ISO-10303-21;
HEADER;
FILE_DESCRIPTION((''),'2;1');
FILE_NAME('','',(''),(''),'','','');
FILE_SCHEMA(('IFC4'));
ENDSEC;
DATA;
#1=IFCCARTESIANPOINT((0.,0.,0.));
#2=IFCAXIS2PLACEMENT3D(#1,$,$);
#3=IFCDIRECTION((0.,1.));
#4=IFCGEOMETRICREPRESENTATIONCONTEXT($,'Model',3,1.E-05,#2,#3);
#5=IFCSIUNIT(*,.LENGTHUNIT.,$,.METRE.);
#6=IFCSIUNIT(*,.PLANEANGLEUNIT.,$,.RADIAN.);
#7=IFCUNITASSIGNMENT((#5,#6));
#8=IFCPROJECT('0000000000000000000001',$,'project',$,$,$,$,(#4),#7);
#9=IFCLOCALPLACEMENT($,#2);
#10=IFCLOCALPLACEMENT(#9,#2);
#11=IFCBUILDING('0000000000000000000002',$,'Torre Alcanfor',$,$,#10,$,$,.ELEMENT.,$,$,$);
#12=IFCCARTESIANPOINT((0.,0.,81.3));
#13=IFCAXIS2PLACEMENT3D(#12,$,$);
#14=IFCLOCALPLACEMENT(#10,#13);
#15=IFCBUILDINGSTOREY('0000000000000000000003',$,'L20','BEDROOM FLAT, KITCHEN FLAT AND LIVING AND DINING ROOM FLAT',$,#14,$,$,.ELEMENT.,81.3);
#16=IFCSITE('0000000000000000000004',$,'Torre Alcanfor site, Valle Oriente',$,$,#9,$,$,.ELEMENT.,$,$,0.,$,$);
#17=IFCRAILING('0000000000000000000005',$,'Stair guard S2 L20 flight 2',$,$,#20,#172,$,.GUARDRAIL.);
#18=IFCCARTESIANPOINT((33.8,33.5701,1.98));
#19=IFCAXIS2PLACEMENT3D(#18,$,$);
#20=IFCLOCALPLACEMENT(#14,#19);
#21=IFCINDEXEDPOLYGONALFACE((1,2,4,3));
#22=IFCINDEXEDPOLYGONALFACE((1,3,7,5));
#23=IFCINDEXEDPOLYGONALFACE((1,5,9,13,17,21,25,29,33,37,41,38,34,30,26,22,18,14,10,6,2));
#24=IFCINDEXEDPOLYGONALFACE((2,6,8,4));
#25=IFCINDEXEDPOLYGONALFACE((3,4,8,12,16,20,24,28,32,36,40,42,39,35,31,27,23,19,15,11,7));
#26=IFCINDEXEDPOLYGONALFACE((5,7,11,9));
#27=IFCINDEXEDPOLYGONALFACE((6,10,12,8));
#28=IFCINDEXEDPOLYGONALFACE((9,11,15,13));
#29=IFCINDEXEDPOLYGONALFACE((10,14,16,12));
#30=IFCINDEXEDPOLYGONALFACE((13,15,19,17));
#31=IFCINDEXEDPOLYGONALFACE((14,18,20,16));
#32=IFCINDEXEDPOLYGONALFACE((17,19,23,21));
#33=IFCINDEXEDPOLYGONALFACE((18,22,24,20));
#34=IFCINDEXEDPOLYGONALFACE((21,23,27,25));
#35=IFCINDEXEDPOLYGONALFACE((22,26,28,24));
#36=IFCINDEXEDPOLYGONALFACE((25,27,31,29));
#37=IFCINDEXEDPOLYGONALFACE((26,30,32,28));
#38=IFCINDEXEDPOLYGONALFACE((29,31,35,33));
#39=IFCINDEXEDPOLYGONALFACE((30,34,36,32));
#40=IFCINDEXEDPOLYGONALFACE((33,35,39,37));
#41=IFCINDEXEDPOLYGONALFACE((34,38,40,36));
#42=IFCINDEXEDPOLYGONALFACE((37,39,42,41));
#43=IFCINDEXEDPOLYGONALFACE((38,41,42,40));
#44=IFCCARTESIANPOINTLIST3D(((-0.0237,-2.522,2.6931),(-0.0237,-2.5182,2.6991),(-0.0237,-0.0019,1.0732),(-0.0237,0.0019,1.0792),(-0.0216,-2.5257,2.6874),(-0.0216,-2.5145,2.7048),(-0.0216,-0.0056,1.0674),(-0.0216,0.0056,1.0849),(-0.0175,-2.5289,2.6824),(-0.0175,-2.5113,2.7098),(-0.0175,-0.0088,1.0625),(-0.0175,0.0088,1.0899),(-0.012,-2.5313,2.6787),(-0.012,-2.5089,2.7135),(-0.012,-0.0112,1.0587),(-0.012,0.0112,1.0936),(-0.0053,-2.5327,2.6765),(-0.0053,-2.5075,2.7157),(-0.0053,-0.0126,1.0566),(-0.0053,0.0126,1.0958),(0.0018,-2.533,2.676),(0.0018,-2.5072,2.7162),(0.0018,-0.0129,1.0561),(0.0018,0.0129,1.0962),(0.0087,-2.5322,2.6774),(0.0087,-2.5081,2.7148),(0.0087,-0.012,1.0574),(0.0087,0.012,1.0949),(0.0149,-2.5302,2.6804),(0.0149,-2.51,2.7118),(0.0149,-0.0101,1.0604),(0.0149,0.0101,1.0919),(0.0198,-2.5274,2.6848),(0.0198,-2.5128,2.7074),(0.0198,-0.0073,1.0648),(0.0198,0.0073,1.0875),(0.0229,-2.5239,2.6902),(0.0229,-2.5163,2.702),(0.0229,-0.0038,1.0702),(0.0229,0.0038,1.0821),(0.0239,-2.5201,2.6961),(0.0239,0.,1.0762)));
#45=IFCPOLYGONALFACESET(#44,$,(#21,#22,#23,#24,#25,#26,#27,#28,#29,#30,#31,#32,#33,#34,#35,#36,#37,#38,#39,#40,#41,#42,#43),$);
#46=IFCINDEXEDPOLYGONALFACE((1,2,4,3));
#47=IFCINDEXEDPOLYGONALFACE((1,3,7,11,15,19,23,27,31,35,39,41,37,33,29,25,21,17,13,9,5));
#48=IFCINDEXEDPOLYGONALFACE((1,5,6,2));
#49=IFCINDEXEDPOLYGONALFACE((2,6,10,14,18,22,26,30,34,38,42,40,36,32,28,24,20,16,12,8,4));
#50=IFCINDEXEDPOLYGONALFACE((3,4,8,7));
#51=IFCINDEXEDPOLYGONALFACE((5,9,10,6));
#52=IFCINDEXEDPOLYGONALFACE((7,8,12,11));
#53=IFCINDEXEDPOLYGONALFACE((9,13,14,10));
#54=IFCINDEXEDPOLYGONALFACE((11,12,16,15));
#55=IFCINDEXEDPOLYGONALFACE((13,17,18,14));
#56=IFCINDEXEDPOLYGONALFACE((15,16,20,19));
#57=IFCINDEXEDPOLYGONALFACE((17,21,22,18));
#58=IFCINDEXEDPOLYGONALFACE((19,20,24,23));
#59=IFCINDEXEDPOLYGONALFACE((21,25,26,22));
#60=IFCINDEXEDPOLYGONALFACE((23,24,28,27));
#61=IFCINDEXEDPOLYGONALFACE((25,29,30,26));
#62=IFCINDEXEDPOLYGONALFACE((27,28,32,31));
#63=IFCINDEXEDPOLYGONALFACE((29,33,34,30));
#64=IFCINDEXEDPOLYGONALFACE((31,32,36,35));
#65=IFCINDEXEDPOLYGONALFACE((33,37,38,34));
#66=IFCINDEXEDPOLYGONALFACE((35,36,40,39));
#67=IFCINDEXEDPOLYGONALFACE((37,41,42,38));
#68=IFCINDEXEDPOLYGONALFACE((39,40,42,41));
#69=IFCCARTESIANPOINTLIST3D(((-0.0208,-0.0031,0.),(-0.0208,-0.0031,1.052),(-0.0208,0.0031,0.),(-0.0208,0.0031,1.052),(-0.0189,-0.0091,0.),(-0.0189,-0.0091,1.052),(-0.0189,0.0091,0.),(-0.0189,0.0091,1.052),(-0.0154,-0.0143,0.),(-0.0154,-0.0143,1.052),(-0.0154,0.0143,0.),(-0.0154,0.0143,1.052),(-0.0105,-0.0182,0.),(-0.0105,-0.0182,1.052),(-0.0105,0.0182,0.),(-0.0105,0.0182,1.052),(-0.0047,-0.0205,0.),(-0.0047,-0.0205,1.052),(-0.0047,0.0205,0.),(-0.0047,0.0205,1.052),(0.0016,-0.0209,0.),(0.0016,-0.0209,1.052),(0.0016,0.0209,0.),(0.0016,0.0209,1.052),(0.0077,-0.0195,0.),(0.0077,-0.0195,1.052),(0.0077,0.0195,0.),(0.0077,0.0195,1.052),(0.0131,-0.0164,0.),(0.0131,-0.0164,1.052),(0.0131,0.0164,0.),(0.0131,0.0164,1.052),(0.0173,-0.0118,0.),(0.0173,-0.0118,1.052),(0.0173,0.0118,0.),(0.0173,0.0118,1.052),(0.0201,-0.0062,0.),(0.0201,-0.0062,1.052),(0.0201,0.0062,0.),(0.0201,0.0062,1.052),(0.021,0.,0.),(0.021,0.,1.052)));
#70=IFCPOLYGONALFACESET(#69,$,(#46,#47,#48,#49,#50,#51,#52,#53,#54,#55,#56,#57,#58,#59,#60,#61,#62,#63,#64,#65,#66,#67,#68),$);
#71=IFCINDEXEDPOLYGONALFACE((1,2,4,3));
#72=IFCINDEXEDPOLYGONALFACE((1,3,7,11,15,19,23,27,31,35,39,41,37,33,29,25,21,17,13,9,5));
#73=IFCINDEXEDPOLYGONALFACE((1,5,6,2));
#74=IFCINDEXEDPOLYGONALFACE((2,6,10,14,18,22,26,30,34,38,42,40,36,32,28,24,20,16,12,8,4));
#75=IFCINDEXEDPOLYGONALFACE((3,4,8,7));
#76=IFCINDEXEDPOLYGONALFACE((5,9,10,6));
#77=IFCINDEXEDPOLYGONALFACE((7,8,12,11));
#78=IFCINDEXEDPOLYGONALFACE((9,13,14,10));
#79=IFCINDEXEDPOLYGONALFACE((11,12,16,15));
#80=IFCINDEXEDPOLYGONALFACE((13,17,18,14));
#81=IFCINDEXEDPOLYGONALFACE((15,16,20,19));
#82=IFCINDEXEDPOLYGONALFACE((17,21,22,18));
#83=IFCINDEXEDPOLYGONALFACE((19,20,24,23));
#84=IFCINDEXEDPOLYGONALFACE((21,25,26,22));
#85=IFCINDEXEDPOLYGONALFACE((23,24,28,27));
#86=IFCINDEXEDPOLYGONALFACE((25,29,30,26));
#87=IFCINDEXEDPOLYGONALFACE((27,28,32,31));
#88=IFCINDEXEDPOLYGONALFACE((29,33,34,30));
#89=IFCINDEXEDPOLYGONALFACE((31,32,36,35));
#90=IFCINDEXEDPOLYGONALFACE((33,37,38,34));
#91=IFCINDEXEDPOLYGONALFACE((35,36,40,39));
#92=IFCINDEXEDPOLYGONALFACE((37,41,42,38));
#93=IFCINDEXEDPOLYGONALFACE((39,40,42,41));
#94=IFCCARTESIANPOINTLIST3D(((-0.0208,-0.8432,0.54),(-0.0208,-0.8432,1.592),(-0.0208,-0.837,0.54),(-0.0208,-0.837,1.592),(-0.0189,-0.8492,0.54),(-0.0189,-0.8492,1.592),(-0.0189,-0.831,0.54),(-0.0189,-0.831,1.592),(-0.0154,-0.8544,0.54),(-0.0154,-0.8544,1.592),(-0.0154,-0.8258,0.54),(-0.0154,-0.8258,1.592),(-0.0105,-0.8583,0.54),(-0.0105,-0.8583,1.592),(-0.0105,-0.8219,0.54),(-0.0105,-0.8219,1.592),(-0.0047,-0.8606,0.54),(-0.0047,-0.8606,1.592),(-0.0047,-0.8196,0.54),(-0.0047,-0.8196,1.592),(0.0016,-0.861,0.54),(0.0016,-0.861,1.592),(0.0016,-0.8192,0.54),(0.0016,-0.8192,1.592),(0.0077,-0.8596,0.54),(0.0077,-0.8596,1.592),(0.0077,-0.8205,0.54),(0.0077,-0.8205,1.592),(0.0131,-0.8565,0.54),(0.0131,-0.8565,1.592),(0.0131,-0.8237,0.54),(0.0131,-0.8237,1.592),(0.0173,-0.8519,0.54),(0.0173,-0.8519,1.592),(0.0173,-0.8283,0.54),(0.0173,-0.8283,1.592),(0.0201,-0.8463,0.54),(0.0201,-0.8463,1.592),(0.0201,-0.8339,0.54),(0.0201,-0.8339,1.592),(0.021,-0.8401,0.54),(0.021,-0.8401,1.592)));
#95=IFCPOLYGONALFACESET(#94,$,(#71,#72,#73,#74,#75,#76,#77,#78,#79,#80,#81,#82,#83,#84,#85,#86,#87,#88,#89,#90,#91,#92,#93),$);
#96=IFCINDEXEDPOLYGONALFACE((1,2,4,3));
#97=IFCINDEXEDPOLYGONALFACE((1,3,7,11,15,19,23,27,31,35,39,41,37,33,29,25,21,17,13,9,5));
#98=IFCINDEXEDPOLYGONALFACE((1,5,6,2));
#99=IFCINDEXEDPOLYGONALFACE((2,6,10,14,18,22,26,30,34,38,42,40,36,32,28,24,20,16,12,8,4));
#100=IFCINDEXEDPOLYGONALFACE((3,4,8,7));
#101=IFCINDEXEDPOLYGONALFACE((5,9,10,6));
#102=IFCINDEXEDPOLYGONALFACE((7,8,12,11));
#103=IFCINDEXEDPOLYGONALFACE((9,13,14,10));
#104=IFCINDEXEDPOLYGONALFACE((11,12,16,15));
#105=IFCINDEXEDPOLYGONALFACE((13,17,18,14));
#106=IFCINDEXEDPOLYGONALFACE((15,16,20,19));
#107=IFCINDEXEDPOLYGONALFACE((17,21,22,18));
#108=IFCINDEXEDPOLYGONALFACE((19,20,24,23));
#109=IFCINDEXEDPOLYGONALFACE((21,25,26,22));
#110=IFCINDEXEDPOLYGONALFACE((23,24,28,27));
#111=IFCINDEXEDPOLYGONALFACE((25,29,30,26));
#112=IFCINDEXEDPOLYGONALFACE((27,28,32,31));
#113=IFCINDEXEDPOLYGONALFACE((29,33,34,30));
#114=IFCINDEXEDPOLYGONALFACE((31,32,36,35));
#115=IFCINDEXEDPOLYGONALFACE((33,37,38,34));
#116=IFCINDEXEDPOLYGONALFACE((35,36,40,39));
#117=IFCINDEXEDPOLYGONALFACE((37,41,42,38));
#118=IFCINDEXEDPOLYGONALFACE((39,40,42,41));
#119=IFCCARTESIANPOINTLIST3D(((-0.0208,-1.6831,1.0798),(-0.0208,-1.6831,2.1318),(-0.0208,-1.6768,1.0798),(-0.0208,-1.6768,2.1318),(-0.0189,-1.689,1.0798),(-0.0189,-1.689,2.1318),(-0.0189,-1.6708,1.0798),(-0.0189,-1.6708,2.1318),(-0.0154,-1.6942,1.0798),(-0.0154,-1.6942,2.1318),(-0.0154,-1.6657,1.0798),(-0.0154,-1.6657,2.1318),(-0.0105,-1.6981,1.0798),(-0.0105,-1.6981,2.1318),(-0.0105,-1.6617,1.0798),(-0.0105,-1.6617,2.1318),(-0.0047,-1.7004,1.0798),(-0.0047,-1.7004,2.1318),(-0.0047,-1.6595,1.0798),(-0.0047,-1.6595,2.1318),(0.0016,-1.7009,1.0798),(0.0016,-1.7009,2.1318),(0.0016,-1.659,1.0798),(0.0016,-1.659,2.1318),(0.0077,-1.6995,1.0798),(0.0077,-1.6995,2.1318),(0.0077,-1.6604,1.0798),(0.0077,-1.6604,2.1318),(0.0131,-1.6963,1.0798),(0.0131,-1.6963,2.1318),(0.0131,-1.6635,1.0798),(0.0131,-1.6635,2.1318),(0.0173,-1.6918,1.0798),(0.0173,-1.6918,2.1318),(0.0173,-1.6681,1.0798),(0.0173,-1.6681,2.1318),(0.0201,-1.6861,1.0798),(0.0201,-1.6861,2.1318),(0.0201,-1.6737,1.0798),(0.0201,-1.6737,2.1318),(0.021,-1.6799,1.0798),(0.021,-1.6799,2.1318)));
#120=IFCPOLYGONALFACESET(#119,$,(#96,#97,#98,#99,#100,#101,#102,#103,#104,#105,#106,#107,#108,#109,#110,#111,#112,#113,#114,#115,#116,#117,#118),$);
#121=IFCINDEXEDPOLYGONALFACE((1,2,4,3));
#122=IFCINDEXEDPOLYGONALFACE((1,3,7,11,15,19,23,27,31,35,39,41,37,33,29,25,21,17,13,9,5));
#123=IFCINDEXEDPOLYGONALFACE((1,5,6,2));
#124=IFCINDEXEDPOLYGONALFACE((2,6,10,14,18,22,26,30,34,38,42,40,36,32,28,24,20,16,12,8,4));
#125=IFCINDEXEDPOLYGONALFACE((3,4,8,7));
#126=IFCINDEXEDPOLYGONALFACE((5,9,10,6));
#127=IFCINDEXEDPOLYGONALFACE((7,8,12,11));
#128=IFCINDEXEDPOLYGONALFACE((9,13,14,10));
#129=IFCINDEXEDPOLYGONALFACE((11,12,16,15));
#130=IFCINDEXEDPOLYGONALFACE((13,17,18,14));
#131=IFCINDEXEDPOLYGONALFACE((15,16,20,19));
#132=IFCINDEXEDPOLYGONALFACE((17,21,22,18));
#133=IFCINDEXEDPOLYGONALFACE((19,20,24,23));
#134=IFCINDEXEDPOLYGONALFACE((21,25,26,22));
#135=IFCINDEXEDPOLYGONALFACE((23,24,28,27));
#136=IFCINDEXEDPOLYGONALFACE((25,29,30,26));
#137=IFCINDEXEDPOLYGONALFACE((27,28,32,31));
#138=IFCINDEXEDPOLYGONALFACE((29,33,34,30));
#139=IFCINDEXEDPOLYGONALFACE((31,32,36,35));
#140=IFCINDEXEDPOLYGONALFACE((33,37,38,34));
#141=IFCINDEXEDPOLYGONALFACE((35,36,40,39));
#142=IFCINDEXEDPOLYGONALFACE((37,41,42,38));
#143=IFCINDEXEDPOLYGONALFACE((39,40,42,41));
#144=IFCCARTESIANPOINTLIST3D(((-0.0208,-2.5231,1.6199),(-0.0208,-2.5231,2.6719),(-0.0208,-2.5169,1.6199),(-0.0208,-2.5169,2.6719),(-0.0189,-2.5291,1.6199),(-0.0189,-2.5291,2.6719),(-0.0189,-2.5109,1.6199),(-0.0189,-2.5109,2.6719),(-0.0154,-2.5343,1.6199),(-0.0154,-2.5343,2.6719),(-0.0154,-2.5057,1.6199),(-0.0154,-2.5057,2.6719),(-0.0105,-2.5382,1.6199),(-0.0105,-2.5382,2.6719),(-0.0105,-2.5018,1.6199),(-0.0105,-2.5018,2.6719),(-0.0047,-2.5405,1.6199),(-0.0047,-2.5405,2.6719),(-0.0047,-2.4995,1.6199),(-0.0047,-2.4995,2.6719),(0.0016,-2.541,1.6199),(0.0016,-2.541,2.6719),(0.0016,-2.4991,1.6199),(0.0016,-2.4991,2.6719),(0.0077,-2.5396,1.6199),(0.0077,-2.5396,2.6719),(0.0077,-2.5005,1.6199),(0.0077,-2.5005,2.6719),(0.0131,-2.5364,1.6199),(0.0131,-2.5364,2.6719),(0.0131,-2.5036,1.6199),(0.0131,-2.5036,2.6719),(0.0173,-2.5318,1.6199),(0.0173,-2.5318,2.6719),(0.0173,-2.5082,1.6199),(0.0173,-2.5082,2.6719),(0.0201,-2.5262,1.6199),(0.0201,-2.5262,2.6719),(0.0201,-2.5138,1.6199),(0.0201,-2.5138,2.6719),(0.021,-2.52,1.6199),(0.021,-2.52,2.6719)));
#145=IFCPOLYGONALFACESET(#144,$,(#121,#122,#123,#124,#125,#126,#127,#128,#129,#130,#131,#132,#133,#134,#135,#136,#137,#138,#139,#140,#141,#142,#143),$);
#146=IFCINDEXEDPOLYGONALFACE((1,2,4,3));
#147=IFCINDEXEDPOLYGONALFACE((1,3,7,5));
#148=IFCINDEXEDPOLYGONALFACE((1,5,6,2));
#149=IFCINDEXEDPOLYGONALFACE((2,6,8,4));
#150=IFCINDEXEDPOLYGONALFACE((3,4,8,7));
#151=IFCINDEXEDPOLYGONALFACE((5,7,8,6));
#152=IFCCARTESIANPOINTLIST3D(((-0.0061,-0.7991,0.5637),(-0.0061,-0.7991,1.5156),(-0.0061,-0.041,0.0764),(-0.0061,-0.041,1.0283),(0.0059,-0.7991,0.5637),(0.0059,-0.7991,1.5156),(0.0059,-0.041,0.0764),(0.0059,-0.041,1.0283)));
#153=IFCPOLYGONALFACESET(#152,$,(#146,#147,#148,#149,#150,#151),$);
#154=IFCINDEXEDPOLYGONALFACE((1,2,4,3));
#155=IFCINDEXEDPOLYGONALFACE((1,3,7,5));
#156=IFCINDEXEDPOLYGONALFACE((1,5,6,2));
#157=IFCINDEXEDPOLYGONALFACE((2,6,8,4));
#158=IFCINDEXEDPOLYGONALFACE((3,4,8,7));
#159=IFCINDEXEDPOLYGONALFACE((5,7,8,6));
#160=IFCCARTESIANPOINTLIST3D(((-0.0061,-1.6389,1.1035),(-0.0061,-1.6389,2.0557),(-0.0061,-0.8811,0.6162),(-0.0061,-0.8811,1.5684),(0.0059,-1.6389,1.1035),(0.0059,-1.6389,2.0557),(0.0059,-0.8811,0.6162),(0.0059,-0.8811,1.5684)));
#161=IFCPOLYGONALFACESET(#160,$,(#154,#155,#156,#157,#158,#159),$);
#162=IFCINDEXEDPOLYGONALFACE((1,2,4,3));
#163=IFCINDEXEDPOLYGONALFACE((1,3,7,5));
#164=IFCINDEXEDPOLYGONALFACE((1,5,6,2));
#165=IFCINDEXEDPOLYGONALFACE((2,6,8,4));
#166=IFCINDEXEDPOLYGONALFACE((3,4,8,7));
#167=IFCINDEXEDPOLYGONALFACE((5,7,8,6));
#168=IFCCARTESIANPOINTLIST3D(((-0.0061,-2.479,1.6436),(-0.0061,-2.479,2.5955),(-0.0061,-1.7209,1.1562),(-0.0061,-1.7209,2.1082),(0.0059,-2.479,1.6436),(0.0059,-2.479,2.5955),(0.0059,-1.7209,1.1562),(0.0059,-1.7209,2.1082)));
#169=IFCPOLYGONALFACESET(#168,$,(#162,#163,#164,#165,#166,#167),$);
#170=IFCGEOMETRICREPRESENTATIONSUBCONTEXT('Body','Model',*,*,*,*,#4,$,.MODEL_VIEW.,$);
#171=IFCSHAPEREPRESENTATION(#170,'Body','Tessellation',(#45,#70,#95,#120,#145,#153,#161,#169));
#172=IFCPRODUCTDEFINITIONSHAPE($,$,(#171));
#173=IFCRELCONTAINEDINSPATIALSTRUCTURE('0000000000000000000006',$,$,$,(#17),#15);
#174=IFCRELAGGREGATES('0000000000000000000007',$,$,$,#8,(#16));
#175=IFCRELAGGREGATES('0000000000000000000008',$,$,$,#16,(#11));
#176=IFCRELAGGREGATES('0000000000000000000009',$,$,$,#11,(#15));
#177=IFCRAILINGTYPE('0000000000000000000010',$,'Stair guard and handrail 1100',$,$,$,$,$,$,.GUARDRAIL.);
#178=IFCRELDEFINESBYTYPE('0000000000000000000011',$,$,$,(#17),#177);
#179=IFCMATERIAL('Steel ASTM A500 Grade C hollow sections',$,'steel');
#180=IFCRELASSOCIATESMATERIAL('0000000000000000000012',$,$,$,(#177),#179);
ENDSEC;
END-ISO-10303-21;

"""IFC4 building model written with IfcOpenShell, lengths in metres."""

from ifc_helpers import new_model, si_unit, direction, frame, origin, origin_2d, place, context, subcontext, project, spatial, polyline, circle, outline, extrude, material, type_object, element, save


model = new_model("IFC4")

# Units and contexts
model_context = context("Model", 3, precision=1e-05, world=origin(), true_north=direction((0.0, 1.0)))
body_context = subcontext(model_context, "Body", "Model", "MODEL_VIEW")
ifc_project = project(units=[si_unit("LENGTHUNIT", "METRE"), si_unit("PLANEANGLEUNIT", "RADIAN")], contexts=[model_context])

# Site, building, storey
site_placement = place(None, origin())
site = spatial("IfcSite", under=ifc_project, at=site_placement, Name="Torre Alcanfor site, Valle Oriente", CompositionType="ELEMENT", RefElevation=0.0)
building_placement = place(site_placement, origin())
building = spatial("IfcBuilding", under=site, at=building_placement, Name="Torre Alcanfor", CompositionType="ELEMENT")
storey_placement = place(building_placement, frame((0.0, 0.0, 81.3)))
storey = spatial("IfcBuildingStorey", under=building, at=storey_placement, Name="L20", Description="BEDROOM FLAT, KITCHEN FLAT AND LIVING AND DINING ROOM FLAT", CompositionType="ELEMENT", Elevation=81.3)

# Railing
ifc_material_1 = material(Name="Steel ASTM A500 Grade C hollow sections", Category="steel")
railing_type_1 = type_object("IfcRailingType", Name="Stair guard and handrail 1100", PredefinedType="GUARDRAIL", material=ifc_material_1)
railing_1_placement = place(storey_placement, frame((33.8, 33.5701, 1.98)))
element("IfcRailing", 1, at=railing_1_placement, inside=storey, type_object=railing_type_1, Name="Stair guard S2 L20 flight 2", PredefinedType="GUARDRAIL", context=body_context, shape_type="SweptSolid", body=[
    extrude(circle(Radius=0.0239, at=origin_2d()), frame((0.0, 0.0, 1.0762), z_axis=(0.0, -0.8412, 0.540725), x_axis=(1.0, 0.0, 0.0)), (0.0, 0.0, 1.0), 2.9958),
    extrude(circle(Radius=0.021, at=origin_2d()), origin(), (0.0, 0.0, 1.0), 1.052),
    extrude(circle(Radius=0.021, at=origin_2d()), frame((0.0, -0.8401, 0.54)), (0.0, 0.0, 1.0), 1.052),
    extrude(circle(Radius=0.021, at=origin_2d()), frame((0.0, -1.6799, 1.0798)), (0.0, 0.0, 1.0), 1.052),
    extrude(circle(Radius=0.021, at=origin_2d()), frame((0.0, -2.52, 1.6199)), (0.0, 0.0, 1.0), 1.052),
    extrude(outline(polyline([(0.041, 0.0764), (0.7991, 0.5637), (0.7991, 1.5156), (0.041, 1.0283), (0.041, 0.0764)])), frame((0.0059, 0.0, 0.0), z_axis=(-1.0, 0.0, 0.0), x_axis=(0.0, -1.0, 0.0)), (0.0, 0.0, 1.0), 0.012),
    extrude(outline(polyline([(0.8811, 0.6162), (1.6389, 1.1035), (1.6389, 2.0557), (0.8811, 1.5684), (0.8811, 0.6162)])), frame((0.0059, 0.0, 0.0), z_axis=(-1.0, 0.0, 0.0), x_axis=(0.0, -1.0, 0.0)), (0.0, 0.0, 1.0), 0.012),
    extrude(outline(polyline([(1.7209, 1.1562), (2.479, 1.6436), (2.479, 2.5955), (1.7209, 2.1082), (1.7209, 1.1562)])), frame((0.0059, 0.0, 0.0), z_axis=(-1.0, 0.0, 0.0), x_axis=(0.0, -1.0, 0.0)), (0.0, 0.0, 1.0), 0.012),
])

save(model, "model.ifc")
